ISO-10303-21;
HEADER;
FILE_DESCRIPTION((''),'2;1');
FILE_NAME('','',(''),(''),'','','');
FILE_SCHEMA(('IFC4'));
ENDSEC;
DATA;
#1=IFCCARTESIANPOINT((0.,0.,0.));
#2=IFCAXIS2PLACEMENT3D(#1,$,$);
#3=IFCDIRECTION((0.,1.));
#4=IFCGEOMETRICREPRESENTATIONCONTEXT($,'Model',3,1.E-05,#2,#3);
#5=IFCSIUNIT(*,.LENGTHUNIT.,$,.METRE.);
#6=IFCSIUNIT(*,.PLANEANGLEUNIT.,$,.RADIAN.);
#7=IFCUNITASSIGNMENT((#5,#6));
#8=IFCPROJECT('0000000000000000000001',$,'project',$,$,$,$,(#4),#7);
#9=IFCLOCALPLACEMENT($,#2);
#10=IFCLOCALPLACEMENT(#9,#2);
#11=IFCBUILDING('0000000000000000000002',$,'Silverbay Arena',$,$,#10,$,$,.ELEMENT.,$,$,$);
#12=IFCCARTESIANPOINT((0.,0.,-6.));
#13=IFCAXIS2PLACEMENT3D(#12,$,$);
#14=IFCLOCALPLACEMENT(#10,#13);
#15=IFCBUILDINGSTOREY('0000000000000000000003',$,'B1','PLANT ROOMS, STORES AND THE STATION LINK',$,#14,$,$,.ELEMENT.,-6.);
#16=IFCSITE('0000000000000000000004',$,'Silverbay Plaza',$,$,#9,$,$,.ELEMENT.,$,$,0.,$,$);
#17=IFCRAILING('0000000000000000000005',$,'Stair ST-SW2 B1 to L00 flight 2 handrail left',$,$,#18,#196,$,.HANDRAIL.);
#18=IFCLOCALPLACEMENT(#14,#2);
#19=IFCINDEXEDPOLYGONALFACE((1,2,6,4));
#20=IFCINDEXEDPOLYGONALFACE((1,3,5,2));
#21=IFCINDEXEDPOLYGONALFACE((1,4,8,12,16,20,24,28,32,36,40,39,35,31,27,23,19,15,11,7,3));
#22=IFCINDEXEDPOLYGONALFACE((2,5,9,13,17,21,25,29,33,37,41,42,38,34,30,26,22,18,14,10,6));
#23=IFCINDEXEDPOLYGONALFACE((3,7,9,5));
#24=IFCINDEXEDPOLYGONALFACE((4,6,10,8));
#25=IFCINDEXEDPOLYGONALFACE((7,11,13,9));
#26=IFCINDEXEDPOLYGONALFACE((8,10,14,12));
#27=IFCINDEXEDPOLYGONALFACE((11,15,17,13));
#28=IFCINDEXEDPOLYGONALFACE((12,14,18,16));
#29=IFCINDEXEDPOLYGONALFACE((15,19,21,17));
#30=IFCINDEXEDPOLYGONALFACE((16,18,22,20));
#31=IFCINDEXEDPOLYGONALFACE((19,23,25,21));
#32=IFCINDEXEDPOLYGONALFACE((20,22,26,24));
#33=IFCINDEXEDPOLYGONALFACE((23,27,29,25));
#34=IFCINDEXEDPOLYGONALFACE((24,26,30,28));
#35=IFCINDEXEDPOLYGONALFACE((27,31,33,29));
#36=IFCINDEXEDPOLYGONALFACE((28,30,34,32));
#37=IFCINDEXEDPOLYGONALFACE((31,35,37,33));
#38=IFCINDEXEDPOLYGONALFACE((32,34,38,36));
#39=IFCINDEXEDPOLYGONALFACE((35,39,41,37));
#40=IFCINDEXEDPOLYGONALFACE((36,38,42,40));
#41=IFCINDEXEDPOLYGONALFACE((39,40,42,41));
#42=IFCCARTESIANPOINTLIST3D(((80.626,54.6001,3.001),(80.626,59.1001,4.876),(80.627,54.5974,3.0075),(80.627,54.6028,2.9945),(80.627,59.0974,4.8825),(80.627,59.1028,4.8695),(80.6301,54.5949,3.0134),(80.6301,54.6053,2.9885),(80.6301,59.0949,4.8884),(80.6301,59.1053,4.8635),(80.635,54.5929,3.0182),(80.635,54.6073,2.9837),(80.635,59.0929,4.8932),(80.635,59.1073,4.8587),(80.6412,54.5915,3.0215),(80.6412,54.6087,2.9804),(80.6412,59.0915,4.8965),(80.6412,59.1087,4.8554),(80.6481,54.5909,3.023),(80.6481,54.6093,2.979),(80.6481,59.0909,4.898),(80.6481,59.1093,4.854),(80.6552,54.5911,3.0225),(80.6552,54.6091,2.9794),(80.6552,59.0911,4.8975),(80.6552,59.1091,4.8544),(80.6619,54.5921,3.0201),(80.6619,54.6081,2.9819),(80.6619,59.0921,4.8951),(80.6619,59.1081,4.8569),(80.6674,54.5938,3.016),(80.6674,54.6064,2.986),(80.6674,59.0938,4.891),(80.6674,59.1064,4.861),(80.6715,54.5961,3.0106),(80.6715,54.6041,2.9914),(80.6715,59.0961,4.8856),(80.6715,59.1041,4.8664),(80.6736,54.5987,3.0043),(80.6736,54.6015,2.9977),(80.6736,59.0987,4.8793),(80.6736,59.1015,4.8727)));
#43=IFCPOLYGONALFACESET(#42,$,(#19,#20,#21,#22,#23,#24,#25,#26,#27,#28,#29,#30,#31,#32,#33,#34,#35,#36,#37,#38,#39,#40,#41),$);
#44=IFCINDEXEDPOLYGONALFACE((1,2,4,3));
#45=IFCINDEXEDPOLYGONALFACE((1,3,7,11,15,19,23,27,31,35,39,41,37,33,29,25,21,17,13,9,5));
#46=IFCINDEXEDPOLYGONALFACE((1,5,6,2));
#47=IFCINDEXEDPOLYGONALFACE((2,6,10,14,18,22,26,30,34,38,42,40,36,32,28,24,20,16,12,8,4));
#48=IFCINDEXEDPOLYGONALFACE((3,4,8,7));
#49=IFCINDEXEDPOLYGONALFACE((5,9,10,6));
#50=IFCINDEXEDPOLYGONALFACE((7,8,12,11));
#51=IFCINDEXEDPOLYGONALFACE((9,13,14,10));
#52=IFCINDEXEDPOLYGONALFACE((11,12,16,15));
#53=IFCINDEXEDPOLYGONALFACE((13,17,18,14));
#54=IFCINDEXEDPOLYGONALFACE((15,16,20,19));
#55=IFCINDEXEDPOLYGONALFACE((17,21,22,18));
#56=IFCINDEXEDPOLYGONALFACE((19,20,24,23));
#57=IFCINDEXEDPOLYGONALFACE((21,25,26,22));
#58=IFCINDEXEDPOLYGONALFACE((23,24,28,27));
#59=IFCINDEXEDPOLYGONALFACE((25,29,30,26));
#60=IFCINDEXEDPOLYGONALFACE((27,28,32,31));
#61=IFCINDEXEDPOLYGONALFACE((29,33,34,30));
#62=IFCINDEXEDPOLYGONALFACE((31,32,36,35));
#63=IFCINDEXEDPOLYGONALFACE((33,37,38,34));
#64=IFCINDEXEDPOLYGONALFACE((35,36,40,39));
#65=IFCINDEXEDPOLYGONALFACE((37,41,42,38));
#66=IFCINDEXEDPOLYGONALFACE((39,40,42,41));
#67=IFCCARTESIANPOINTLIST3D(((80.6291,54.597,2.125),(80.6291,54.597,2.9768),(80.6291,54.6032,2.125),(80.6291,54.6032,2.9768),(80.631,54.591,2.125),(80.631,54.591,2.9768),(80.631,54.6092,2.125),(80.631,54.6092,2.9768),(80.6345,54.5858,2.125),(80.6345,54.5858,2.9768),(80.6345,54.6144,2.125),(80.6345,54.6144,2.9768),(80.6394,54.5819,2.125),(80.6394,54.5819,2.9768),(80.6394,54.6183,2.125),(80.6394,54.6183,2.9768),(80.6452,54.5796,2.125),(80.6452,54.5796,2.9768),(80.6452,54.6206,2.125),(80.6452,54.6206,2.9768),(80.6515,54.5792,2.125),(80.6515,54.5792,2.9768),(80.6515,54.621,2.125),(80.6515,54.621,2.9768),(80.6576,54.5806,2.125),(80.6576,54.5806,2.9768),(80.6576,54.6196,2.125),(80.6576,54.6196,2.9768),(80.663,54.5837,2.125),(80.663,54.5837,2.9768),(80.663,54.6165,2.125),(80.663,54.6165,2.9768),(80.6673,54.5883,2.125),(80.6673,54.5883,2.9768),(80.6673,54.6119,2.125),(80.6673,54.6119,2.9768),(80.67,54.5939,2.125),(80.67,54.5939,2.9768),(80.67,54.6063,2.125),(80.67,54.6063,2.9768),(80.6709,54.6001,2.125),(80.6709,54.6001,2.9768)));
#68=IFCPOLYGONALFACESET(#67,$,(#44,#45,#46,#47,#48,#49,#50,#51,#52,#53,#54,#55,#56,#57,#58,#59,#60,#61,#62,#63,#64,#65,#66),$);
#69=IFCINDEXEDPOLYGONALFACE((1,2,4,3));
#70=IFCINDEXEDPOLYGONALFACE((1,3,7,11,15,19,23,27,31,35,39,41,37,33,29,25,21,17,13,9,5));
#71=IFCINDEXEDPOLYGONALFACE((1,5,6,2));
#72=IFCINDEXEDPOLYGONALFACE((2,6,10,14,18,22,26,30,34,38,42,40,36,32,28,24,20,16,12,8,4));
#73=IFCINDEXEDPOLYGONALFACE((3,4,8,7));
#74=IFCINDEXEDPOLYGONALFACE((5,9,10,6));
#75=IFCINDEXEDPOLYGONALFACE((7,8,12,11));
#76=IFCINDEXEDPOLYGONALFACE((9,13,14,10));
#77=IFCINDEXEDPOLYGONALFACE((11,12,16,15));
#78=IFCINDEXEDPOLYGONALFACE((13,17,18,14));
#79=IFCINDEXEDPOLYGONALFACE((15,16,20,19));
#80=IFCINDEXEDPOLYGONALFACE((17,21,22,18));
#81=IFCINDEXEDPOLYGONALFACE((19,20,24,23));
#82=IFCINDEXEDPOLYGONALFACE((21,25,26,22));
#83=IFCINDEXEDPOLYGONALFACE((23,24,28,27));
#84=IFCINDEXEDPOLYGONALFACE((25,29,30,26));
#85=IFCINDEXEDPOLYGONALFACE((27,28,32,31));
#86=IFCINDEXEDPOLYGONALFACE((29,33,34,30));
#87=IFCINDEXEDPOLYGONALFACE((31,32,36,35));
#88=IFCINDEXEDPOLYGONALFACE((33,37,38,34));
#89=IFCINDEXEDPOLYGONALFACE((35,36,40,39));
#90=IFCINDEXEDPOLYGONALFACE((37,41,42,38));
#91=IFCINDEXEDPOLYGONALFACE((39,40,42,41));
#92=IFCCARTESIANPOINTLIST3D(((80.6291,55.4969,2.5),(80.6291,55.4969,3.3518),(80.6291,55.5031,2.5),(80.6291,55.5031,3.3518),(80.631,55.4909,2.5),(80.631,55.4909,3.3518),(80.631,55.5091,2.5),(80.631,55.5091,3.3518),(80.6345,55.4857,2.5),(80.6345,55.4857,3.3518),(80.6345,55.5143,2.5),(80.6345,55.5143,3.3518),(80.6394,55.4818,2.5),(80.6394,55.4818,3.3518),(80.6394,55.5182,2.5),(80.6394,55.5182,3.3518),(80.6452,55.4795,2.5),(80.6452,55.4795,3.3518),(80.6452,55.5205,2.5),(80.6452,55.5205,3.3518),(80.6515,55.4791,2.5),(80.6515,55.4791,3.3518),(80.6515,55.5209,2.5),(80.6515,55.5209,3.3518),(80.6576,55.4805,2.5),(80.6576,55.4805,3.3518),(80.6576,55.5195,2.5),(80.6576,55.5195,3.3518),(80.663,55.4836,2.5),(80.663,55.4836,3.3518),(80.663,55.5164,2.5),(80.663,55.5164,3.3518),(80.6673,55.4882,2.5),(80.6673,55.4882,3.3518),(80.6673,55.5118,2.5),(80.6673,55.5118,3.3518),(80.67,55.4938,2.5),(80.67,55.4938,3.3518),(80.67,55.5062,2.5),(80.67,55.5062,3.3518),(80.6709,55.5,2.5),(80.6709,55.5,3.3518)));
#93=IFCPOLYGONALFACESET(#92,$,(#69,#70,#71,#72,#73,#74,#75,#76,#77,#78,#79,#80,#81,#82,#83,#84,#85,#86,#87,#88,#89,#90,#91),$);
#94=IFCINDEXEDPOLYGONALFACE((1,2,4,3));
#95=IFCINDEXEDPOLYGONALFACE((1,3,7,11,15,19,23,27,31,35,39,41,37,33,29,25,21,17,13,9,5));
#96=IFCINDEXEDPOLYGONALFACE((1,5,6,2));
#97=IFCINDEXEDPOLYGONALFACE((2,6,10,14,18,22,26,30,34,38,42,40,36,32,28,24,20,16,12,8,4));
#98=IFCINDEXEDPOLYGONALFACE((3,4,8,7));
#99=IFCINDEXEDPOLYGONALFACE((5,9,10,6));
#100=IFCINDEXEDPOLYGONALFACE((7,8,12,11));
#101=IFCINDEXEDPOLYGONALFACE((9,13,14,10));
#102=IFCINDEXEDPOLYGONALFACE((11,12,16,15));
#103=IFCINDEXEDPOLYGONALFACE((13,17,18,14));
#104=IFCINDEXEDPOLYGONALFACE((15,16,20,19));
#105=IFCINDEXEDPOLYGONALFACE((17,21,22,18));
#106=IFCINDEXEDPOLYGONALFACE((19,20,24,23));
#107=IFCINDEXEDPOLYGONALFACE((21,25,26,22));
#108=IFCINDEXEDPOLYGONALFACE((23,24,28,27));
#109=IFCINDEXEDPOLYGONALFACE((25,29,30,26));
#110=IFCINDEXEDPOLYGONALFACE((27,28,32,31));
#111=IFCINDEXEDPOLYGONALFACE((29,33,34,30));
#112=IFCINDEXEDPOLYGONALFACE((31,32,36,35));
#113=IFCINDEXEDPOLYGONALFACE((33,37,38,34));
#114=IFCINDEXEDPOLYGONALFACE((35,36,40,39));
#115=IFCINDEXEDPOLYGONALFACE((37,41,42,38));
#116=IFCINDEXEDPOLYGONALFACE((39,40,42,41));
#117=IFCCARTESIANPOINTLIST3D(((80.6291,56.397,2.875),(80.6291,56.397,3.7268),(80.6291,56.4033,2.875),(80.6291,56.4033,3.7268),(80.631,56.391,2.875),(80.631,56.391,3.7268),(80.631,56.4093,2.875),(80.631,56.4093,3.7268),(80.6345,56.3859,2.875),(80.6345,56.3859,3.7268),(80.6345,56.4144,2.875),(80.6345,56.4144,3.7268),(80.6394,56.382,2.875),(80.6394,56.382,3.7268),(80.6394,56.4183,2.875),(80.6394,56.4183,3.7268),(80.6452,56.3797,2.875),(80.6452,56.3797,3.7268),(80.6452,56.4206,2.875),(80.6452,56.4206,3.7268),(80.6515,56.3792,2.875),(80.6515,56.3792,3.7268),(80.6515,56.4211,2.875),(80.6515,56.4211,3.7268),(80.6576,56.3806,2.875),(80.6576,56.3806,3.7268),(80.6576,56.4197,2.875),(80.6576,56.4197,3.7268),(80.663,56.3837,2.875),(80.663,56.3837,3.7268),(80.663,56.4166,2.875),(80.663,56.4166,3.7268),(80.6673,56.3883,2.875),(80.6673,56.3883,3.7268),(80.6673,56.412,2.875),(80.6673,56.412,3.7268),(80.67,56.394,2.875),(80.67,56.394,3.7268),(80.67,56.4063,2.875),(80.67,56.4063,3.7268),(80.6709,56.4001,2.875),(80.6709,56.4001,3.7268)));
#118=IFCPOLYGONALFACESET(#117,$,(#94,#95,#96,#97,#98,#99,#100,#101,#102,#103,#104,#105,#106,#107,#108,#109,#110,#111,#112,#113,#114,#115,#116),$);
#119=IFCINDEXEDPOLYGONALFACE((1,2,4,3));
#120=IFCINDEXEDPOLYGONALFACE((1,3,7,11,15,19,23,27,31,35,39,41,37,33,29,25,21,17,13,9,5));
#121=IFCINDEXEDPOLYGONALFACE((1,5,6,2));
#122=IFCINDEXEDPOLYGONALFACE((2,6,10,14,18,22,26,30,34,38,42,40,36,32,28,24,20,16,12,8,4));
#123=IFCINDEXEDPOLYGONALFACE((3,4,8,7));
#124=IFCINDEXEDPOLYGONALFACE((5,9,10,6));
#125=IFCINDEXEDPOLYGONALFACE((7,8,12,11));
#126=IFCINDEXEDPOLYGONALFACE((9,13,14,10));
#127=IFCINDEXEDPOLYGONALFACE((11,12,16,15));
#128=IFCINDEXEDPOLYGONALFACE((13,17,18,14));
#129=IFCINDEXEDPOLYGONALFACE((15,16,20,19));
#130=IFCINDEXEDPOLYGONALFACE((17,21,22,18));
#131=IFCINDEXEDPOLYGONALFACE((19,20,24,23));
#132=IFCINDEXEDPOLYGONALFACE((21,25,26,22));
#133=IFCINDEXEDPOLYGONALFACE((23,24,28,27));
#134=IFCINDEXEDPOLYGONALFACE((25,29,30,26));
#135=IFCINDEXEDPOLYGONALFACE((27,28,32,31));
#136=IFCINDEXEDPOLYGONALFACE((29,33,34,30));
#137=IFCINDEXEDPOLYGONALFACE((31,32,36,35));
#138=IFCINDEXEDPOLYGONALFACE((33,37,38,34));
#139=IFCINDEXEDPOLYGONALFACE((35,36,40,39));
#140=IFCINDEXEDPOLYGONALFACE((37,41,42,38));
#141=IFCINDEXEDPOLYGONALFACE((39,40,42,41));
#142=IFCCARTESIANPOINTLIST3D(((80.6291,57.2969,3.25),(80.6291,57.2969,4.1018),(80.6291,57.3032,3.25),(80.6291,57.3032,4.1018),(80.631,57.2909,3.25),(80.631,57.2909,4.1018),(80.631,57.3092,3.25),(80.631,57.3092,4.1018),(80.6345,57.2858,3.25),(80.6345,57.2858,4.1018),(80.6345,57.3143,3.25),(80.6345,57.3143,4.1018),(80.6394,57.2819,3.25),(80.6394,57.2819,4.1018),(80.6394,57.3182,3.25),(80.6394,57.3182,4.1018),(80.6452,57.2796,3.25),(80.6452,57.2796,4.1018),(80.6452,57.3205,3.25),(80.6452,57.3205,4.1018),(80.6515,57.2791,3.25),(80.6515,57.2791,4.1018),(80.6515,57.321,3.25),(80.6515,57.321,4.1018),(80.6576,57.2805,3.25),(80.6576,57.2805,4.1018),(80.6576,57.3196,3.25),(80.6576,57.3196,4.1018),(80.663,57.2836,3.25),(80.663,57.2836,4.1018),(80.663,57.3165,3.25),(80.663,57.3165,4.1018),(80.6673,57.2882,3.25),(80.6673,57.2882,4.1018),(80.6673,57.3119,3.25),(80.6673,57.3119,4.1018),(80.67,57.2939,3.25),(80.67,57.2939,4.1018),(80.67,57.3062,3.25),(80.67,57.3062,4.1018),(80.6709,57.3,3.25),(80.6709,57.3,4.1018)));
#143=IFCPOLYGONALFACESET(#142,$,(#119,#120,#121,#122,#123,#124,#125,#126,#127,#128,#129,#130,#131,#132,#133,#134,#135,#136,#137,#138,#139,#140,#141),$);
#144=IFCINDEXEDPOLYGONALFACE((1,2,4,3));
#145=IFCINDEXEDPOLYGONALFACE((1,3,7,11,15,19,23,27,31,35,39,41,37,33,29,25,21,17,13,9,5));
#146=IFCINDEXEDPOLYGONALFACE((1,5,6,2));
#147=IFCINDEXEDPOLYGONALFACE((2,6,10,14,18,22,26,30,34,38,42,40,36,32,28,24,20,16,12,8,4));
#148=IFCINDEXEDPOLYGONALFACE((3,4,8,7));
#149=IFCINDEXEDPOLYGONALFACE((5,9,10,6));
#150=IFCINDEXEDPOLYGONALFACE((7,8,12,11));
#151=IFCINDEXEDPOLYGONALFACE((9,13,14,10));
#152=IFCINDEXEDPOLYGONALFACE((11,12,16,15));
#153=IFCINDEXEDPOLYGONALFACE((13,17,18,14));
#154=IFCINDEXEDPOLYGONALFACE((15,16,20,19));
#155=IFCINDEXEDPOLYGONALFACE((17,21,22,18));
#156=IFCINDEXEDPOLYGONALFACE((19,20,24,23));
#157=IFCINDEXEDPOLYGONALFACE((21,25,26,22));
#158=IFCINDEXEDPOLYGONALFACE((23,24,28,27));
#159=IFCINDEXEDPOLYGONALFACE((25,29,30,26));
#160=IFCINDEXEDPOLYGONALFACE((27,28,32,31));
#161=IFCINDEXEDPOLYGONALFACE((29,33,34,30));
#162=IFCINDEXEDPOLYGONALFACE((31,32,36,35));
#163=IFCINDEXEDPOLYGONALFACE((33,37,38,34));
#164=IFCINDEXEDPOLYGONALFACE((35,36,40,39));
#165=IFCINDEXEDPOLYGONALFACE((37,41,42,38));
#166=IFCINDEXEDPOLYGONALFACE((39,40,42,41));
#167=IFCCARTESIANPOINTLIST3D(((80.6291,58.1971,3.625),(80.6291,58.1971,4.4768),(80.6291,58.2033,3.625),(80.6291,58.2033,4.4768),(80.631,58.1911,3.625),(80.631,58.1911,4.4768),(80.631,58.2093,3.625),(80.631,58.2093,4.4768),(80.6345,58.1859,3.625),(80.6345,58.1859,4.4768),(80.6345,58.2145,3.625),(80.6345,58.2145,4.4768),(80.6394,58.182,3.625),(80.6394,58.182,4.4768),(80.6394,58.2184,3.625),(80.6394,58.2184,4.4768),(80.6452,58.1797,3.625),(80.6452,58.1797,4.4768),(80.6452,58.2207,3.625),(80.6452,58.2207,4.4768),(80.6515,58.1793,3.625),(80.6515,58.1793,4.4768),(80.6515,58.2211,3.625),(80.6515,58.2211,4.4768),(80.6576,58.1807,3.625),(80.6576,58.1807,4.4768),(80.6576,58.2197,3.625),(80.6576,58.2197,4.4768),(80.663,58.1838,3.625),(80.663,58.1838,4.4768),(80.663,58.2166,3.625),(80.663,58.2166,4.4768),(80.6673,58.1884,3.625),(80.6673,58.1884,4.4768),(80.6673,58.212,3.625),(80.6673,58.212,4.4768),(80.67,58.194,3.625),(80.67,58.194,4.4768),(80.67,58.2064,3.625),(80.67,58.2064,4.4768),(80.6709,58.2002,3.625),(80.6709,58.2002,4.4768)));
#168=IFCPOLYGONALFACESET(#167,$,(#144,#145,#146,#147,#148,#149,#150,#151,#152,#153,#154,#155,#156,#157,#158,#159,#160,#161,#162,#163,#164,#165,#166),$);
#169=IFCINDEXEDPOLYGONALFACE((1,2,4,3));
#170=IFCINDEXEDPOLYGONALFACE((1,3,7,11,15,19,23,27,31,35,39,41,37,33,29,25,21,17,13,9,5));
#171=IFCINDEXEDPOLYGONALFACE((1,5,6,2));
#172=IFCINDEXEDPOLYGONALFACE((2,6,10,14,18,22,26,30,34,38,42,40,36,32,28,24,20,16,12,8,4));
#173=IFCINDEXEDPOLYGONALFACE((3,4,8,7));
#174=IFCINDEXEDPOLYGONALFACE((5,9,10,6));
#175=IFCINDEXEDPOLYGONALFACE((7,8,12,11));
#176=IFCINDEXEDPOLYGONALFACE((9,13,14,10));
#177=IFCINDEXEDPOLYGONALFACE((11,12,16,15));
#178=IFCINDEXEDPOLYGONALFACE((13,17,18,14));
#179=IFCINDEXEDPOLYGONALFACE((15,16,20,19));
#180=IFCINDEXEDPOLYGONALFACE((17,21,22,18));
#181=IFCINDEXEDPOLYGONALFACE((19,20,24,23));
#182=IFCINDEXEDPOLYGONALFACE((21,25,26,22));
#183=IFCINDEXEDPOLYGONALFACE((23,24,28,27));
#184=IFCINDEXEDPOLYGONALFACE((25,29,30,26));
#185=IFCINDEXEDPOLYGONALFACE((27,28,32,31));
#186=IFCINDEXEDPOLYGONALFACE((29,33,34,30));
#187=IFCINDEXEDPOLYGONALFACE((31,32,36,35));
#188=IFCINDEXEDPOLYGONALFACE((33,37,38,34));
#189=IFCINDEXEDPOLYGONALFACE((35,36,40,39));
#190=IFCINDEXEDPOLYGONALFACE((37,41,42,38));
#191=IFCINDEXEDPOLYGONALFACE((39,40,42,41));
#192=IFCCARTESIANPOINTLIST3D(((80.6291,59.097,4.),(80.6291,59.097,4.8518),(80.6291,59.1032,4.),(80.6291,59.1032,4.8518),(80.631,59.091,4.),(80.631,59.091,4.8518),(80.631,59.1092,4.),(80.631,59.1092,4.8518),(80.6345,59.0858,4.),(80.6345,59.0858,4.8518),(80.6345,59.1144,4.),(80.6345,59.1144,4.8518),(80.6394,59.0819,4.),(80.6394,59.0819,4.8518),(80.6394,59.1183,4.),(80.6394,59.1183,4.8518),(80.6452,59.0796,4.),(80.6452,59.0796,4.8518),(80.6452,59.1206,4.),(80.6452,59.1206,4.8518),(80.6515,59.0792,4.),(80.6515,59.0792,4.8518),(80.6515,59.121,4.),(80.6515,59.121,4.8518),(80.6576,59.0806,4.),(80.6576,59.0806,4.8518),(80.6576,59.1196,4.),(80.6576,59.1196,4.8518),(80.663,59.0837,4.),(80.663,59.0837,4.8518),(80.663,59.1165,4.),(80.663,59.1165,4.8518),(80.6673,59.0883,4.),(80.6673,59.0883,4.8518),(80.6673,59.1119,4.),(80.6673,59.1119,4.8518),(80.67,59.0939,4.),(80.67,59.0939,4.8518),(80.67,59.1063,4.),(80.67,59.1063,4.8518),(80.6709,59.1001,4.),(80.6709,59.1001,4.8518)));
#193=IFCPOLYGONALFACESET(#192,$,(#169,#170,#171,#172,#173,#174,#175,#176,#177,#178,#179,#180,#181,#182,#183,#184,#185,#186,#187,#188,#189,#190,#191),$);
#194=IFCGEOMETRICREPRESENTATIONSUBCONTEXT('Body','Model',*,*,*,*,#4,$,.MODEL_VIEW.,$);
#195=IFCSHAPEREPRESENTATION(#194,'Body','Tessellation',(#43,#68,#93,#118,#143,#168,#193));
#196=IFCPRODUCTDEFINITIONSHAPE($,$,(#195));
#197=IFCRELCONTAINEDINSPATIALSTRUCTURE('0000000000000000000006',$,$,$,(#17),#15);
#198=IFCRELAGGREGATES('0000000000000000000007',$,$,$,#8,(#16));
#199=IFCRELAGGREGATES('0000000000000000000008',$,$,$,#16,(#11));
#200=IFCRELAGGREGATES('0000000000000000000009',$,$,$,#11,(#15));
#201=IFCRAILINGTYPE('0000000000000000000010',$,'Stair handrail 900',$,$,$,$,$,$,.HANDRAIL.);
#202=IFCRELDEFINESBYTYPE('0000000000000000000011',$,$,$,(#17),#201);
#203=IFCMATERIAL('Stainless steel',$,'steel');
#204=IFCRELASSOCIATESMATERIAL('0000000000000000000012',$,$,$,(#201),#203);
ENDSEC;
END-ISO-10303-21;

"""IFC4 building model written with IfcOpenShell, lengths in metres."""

from ifc_helpers import new_model, si_unit, direction, frame, origin, origin_2d, place, context, subcontext, project, spatial, circle, extrude, material, type_object, element, save


model = new_model("IFC4")

# Units and contexts
model_context = context("Model", 3, precision=1e-05, world=origin(), true_north=direction((0.0, 1.0)))
body_context = subcontext(model_context, "Body", "Model", "MODEL_VIEW")
ifc_project = project(units=[si_unit("LENGTHUNIT", "METRE"), si_unit("PLANEANGLEUNIT", "RADIAN")], contexts=[model_context])

# Site, building, storey
site_placement = place(None, origin())
site = spatial("IfcSite", under=ifc_project, at=site_placement, Name="Silverbay Plaza", CompositionType="ELEMENT", RefElevation=0.0)
building_placement = place(site_placement, origin())
building = spatial("IfcBuilding", under=site, at=building_placement, Name="Silverbay Arena", CompositionType="ELEMENT")
storey_placement = place(building_placement, frame((0.0, 0.0, -6.0)))
storey = spatial("IfcBuildingStorey", under=building, at=storey_placement, Name="B1", Description="PLANT ROOMS, STORES AND THE STATION LINK", CompositionType="ELEMENT", Elevation=-6.0)

# Railing
ifc_material_1 = material(Name="Stainless steel", Category="steel")
railing_type_1 = type_object("IfcRailingType", Name="Stair handrail 900", PredefinedType="HANDRAIL", material=ifc_material_1)
for number, where, name in (
    (1, (80.6499, 54.6001, 2.125), "Stair ST-SW2 B1 to L00 flight 2 handrail left"),
):
    element("IfcRailing", number, at=place(storey_placement, frame(where)), inside=storey, type_object=railing_type_1, Name=name, PredefinedType="HANDRAIL", context=body_context, shape_type="SweptSolid", body=[
        extrude(circle(Radius=0.0239, at=origin_2d()), frame((0.0, 0.0, 0.876), z_axis=(0.0, 0.923077, 0.384615), x_axis=(-1.0, 0.0, 0.0)), (0.0, 0.0, 1.0), 4.875),
        extrude(circle(Radius=0.021, at=origin_2d()), origin(), (0.0, 0.0, 1.0), 0.8518),
        extrude(circle(Radius=0.021, at=origin_2d()), frame((0.0, 0.8999, 0.375)), (0.0, 0.0, 1.0), 0.8518),
        extrude(circle(Radius=0.021, at=origin_2d()), frame((0.0, 1.8, 0.75)), (0.0, 0.0, 1.0), 0.8518),
        extrude(circle(Radius=0.021, at=origin_2d()), frame((0.0, 2.7, 1.125)), (0.0, 0.0, 1.0), 0.8518),
        extrude(circle(Radius=0.021, at=origin_2d()), frame((0.0, 3.6001, 1.5)), (0.0, 0.0, 1.0), 0.8518),
        extrude(circle(Radius=0.021, at=origin_2d()), frame((0.0, 4.5, 1.875)), (0.0, 0.0, 1.0), 0.8518),
    ])

save(model, "model.ifc")
